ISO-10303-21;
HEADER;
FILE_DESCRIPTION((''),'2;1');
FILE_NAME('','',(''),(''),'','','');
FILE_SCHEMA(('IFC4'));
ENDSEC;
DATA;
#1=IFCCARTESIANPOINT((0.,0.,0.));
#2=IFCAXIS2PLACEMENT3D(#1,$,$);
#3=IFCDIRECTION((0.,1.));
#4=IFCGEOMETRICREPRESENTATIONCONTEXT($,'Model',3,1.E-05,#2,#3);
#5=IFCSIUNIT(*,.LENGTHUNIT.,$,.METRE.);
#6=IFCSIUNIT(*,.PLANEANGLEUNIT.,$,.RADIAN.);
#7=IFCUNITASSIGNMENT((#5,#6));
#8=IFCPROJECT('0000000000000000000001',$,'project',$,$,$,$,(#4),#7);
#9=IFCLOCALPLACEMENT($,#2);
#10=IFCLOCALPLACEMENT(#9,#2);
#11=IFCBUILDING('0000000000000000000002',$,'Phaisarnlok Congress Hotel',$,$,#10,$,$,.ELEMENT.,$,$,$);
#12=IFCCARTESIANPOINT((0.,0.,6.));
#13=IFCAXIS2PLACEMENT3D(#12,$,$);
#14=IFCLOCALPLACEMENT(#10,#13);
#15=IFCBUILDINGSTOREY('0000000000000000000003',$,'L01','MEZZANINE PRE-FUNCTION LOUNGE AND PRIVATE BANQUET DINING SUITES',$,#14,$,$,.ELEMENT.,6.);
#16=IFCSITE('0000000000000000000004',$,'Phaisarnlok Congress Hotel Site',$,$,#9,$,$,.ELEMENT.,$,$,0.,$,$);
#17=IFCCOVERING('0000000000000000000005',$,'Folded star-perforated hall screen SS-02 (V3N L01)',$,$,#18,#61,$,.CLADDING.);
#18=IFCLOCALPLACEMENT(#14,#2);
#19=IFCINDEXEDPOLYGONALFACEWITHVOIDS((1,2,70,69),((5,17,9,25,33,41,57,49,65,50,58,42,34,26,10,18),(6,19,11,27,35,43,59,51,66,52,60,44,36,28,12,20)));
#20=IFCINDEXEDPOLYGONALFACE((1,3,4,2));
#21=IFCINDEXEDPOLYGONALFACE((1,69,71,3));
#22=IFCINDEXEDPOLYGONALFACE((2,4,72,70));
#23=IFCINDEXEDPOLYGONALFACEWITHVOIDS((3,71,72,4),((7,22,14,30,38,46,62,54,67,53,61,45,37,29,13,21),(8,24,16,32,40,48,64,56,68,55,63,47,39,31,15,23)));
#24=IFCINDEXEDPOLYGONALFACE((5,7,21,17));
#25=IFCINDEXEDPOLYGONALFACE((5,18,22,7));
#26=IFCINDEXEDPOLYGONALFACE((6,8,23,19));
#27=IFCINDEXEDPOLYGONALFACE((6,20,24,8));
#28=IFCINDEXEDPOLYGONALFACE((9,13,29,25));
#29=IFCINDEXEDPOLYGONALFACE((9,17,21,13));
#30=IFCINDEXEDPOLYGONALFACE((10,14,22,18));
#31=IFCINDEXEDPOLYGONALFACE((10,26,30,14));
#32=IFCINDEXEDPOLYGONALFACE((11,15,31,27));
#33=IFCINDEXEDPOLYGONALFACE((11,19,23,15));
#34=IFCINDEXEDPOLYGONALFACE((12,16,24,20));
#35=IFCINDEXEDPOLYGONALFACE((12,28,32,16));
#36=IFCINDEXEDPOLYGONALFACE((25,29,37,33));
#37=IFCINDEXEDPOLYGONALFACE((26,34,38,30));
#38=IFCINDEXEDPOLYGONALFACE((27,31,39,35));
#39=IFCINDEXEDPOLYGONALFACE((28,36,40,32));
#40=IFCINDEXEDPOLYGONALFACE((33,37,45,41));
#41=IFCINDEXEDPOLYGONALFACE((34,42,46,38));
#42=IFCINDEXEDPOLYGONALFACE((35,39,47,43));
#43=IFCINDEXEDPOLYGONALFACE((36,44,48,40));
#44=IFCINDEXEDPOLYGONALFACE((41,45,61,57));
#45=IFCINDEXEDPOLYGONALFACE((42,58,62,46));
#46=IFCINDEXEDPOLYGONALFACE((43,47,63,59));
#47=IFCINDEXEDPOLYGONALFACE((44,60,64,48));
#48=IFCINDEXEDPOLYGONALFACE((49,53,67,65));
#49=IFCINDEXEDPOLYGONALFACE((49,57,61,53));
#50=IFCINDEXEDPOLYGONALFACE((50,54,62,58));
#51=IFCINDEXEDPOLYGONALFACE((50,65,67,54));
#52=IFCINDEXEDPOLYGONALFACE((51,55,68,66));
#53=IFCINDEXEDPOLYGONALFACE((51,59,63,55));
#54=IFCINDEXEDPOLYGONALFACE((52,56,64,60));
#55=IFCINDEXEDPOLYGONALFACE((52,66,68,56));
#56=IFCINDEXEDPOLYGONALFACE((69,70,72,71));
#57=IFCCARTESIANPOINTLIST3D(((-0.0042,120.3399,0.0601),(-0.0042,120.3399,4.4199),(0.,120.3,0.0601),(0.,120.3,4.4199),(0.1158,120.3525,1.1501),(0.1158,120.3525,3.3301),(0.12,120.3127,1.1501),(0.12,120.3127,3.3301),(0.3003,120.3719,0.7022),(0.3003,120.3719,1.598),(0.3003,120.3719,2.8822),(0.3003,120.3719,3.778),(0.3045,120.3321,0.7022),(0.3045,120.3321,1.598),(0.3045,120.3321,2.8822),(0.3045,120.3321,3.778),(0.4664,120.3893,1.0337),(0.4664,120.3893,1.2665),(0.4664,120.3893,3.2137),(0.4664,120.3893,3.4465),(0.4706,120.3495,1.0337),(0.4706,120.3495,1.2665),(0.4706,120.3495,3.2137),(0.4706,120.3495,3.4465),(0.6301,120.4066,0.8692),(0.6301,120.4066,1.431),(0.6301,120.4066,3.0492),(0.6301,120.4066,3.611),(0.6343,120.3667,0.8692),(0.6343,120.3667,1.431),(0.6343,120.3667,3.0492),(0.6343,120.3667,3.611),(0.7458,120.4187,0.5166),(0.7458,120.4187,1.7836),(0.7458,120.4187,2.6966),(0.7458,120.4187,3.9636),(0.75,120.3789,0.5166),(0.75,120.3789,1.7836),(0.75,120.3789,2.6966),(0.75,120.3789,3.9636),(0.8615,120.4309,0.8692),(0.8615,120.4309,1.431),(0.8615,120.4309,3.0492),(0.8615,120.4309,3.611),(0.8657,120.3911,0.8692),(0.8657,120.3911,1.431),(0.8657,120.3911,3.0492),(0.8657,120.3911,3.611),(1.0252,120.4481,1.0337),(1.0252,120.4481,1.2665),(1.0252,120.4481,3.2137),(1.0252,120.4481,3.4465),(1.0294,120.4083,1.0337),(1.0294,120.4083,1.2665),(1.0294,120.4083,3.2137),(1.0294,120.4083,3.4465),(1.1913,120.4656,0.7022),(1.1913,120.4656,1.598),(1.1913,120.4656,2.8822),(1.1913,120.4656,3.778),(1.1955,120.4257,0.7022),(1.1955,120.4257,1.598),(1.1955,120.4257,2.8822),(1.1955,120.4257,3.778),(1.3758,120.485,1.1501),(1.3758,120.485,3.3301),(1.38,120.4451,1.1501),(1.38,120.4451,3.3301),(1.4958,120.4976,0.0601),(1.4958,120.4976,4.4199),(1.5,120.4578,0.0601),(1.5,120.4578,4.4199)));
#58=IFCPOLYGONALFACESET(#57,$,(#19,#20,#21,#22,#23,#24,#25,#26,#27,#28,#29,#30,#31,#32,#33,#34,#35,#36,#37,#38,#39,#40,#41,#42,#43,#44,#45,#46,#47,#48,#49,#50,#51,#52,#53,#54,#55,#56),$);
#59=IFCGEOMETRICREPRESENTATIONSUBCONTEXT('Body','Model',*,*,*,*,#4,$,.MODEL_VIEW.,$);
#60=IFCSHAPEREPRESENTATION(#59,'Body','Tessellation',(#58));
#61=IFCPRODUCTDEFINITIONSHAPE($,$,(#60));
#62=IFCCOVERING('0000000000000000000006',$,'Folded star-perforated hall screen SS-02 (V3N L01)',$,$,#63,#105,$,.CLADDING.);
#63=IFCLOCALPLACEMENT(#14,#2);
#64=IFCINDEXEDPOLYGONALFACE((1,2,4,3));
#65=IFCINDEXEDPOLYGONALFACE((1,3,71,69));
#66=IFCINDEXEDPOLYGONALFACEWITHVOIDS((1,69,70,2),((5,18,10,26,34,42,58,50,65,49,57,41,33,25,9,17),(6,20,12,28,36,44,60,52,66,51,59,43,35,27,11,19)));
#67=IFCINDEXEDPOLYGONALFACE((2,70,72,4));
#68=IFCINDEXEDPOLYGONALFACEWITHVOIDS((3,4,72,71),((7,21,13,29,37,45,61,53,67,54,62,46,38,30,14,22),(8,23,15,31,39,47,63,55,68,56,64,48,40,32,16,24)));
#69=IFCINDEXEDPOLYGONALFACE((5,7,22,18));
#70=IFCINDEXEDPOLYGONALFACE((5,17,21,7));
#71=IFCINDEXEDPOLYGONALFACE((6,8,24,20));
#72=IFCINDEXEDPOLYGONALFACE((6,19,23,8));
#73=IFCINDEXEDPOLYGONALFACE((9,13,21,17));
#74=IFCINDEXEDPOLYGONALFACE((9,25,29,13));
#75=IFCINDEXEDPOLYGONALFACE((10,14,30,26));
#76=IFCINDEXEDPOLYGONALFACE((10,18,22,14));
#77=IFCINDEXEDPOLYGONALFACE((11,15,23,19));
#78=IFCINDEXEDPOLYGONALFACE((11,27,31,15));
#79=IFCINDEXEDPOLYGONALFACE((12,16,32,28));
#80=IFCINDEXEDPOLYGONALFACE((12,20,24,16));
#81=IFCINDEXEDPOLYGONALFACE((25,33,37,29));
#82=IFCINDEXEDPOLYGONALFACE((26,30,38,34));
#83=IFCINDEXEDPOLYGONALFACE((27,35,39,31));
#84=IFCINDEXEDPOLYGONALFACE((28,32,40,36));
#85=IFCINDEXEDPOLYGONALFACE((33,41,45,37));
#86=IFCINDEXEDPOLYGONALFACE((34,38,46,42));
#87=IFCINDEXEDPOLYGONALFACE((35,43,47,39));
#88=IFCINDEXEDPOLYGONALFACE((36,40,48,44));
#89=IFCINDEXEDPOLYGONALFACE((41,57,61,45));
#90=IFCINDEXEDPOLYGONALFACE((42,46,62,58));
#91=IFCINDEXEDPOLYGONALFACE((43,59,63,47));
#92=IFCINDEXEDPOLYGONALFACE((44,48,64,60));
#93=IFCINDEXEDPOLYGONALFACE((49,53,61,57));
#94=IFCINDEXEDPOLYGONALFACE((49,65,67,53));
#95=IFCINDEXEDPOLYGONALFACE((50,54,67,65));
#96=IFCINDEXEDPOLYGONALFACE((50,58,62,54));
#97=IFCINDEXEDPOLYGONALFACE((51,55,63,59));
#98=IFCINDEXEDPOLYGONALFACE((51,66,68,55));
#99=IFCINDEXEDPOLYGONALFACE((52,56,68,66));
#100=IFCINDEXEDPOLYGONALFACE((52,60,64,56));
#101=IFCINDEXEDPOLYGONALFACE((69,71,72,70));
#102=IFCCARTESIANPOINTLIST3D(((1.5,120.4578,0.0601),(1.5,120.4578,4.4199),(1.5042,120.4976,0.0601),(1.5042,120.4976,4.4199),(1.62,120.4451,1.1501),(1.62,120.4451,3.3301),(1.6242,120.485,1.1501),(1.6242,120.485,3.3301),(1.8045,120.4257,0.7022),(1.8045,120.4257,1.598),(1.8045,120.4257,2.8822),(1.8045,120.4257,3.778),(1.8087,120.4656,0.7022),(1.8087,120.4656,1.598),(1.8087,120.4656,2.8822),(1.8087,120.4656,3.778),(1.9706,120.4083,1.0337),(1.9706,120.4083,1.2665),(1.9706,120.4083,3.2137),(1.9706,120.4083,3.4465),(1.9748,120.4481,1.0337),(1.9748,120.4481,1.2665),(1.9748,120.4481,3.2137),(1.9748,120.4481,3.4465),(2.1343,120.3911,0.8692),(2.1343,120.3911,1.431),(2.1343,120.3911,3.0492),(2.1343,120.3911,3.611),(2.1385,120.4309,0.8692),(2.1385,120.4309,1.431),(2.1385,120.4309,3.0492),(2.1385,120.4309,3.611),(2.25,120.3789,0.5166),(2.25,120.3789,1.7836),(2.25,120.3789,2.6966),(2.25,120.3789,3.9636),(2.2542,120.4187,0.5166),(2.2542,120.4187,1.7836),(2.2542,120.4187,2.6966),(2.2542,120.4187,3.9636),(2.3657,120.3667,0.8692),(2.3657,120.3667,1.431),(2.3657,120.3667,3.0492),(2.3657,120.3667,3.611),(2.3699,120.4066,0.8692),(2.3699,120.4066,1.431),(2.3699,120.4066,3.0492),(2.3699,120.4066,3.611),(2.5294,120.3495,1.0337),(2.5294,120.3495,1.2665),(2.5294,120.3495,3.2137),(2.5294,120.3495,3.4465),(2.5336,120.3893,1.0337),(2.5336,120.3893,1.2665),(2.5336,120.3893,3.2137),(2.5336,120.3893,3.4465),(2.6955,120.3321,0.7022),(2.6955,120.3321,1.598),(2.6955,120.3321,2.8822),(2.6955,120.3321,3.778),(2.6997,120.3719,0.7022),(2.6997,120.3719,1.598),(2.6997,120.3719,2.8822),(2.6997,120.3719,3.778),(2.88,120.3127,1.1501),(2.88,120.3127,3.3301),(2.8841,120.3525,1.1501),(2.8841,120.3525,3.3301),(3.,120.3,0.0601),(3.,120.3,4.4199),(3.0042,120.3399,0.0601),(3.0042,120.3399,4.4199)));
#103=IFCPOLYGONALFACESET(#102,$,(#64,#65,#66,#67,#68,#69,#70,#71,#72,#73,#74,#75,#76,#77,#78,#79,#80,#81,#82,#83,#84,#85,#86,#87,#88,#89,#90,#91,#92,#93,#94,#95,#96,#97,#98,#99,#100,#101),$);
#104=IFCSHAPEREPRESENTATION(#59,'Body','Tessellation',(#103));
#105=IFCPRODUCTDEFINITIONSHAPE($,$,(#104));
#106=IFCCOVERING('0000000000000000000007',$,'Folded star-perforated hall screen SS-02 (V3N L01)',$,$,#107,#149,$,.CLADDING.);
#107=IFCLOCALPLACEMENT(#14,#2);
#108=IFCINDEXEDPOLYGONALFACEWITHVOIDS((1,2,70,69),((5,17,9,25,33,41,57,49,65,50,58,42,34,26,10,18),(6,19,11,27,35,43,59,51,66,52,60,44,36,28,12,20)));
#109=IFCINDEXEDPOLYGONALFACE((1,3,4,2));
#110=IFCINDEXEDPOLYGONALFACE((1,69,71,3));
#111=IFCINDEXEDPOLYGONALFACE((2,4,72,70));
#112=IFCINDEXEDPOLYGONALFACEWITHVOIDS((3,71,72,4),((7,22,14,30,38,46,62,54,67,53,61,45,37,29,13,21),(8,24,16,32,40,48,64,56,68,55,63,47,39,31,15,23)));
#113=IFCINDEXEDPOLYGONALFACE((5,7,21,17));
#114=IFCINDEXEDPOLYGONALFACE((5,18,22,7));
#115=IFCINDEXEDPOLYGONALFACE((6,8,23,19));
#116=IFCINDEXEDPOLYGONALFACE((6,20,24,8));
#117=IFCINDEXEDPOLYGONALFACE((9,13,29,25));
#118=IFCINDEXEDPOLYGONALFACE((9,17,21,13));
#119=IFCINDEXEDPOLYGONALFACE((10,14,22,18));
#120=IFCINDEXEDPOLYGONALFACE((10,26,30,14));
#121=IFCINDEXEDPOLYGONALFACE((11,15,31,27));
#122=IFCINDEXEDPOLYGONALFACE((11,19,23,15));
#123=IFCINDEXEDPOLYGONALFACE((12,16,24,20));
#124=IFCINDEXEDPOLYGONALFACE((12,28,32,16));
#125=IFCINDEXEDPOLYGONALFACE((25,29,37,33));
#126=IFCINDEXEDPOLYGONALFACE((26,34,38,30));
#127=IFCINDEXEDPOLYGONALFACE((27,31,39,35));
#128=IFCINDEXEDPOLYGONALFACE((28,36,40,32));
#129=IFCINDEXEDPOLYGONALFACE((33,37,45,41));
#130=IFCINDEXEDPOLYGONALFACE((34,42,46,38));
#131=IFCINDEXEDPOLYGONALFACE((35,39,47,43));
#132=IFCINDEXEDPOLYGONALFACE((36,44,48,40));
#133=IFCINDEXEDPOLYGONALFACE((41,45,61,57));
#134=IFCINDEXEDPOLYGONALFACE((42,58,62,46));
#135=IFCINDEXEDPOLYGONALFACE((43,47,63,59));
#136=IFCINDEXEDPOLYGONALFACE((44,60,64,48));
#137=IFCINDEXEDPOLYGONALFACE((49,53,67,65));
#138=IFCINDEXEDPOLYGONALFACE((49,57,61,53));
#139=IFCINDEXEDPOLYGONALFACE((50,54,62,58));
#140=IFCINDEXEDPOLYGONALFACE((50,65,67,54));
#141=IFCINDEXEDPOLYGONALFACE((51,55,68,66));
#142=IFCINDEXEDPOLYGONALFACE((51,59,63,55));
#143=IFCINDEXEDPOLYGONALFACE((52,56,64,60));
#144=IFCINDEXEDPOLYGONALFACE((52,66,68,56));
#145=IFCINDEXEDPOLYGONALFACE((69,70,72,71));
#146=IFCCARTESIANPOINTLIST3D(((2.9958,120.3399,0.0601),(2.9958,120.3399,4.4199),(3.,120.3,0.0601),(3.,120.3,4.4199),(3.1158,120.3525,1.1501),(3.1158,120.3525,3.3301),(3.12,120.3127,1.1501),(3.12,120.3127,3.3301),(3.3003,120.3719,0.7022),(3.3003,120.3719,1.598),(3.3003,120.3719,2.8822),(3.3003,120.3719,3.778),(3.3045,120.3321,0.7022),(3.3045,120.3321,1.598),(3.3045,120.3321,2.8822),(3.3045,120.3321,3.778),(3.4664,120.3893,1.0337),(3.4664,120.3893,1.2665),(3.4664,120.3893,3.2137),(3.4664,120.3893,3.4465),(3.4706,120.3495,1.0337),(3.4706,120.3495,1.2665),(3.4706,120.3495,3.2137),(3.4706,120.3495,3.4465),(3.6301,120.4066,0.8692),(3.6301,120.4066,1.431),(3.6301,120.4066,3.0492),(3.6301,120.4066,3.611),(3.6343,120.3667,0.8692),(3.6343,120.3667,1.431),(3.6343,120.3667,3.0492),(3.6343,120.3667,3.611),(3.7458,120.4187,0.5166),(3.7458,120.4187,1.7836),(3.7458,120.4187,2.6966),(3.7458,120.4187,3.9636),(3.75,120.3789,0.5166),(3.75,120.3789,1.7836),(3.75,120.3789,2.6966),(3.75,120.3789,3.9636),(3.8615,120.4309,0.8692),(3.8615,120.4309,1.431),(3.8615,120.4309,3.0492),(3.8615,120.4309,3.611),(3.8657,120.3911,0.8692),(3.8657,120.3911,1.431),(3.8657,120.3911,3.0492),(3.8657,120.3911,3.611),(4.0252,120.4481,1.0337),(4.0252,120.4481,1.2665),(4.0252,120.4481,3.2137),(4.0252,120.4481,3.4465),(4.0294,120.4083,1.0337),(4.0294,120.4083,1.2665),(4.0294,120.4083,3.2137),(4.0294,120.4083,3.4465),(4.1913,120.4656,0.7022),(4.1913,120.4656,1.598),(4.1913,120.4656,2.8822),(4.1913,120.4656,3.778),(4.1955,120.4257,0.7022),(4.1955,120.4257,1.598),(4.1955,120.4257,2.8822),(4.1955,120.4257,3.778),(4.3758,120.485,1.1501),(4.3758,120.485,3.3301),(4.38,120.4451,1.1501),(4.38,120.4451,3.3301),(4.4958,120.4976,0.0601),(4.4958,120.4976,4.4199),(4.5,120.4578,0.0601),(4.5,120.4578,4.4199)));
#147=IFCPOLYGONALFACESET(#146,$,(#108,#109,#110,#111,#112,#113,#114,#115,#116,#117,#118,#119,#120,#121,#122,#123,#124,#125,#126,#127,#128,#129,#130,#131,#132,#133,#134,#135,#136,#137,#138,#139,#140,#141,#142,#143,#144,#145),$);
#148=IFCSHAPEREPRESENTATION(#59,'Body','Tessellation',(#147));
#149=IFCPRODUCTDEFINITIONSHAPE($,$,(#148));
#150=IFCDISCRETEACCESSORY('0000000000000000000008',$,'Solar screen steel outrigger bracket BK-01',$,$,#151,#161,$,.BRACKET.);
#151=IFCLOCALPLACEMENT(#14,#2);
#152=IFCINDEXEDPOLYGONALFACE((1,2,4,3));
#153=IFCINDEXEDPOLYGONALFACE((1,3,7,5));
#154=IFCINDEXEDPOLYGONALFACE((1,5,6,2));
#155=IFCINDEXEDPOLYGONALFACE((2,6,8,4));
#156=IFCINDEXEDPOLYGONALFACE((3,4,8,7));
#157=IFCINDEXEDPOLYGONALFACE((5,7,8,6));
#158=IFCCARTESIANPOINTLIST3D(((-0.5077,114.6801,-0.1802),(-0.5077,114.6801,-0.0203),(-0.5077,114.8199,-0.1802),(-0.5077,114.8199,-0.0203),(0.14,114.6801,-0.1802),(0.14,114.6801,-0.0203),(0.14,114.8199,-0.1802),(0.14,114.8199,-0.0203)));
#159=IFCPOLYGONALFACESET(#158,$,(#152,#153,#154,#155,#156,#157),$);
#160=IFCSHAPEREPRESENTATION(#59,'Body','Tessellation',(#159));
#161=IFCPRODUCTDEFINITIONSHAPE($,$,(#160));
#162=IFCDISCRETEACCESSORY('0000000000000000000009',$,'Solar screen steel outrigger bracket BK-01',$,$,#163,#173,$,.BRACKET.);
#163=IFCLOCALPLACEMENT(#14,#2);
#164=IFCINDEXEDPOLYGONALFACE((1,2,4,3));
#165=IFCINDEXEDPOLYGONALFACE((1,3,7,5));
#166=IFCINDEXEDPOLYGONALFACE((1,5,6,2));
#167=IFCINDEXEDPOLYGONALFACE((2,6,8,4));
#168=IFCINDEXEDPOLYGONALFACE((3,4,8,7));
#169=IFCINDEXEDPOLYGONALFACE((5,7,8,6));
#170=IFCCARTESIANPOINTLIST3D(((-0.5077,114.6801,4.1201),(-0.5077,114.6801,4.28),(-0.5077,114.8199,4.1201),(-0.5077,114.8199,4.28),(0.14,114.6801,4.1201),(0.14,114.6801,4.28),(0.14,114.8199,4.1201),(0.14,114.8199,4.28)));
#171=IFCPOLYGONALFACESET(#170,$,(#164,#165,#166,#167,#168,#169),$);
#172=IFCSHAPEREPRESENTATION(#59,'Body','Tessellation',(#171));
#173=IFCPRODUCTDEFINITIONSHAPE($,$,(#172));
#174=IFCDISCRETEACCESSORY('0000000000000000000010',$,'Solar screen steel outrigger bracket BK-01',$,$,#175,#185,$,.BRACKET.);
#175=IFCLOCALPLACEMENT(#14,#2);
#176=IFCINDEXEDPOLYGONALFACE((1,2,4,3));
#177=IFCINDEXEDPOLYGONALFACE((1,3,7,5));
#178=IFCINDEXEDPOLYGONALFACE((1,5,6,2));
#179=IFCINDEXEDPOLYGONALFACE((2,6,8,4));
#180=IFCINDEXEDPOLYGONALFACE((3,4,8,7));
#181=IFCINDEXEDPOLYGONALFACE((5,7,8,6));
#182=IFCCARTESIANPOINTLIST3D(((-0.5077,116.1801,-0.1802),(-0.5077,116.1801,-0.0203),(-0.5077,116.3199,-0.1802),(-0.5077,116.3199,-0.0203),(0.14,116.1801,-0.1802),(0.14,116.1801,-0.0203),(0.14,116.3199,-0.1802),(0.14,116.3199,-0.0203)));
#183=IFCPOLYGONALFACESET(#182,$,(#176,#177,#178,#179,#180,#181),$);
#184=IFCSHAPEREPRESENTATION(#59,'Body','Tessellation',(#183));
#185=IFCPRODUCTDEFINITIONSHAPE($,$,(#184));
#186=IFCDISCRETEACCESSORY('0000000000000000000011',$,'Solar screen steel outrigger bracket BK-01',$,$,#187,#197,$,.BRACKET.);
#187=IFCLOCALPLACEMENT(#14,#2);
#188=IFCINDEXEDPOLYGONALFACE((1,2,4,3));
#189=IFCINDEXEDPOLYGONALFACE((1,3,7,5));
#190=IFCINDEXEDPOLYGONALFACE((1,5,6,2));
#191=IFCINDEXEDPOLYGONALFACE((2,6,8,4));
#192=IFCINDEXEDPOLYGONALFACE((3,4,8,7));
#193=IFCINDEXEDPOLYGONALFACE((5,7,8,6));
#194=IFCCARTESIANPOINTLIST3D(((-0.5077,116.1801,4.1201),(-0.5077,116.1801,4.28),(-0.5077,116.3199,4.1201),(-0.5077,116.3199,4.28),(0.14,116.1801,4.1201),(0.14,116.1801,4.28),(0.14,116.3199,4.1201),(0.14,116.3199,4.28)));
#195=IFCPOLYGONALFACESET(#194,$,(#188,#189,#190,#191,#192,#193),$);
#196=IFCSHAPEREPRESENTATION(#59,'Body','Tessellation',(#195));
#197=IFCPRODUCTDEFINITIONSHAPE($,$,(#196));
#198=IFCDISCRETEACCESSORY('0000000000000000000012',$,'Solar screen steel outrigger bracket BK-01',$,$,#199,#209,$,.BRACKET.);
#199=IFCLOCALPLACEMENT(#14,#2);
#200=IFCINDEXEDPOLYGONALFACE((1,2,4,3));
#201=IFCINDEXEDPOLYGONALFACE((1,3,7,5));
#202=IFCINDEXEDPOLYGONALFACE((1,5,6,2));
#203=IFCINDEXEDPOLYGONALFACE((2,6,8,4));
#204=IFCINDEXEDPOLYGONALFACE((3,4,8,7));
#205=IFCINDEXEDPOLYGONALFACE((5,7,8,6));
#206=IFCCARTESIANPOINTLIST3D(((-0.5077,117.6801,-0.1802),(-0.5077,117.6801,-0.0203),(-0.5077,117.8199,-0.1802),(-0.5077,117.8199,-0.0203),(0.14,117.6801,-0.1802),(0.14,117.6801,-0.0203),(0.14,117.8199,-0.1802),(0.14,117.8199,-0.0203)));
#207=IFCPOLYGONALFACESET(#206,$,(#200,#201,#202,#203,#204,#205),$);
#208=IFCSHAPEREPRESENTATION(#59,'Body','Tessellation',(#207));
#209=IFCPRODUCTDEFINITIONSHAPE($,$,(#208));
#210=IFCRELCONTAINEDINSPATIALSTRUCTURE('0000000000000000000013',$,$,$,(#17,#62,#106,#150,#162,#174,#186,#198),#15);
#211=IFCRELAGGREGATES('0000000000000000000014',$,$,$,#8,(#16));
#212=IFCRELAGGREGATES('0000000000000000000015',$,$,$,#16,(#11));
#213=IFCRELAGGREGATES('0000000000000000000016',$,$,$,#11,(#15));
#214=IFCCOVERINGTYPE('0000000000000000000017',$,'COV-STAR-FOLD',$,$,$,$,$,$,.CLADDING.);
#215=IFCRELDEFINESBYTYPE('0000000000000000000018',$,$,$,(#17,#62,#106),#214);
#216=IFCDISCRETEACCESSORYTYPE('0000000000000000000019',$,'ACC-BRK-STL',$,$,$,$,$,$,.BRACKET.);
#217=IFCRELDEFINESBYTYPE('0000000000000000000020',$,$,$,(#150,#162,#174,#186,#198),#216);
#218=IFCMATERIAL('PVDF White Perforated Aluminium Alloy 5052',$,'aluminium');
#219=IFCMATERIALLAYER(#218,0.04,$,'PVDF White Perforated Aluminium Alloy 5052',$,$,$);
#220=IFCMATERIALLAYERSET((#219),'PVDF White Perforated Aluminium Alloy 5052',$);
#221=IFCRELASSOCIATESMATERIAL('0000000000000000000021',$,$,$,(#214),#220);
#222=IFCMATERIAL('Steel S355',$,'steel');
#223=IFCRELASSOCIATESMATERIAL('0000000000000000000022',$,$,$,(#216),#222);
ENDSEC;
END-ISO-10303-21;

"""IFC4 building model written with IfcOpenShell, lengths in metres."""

from ifc_helpers import new_model, si_unit, direction, frame, origin, origin_2d, place, context, subcontext, project, spatial, polyline, rectangle, outline, extrude, material, layer, layer_set, type_object, element, save


model = new_model("IFC4")

# Units and contexts
model_context = context("Model", 3, precision=1e-05, world=origin(), true_north=direction((0.0, 1.0)))
body_context = subcontext(model_context, "Body", "Model", "MODEL_VIEW")
ifc_project = project(units=[si_unit("LENGTHUNIT", "METRE"), si_unit("PLANEANGLEUNIT", "RADIAN")], contexts=[model_context])

# Site, building, storey
site_placement = place(None, origin())
site = spatial("IfcSite", under=ifc_project, at=site_placement, Name="Phaisarnlok Congress Hotel Site", CompositionType="ELEMENT", RefElevation=0.0)
building_placement = place(site_placement, origin())
building = spatial("IfcBuilding", under=site, at=building_placement, Name="Phaisarnlok Congress Hotel", CompositionType="ELEMENT")
storey_placement = place(building_placement, frame((0.0, 0.0, 6.0)))
storey = spatial("IfcBuildingStorey", under=building, at=storey_placement, Name="L01", Description="MEZZANINE PRE-FUNCTION LOUNGE AND PRIVATE BANQUET DINING SUITES", CompositionType="ELEMENT", Elevation=6.0)

# Coverings
ifc_material_1 = material(Name="PVDF White Perforated Aluminium Alloy 5052", Category="aluminium")
ifc_layer_1 = layer(ifc_material_1, 0.04, Name="PVDF White Perforated Aluminium Alloy 5052")
ifc_layer_set_1 = layer_set([ifc_layer_1], Name="PVDF White Perforated Aluminium Alloy 5052")
covering_type = type_object("IfcCoveringType", Name="COV-STAR-FOLD", PredefinedType="CLADDING", material=ifc_layer_set_1)
for number, where, z_axis, x_axis, name in (
    (1, (1.5, 120.4578, 0.0601), (-0.104567, 0.994518, 0.0), (-0.994518, -0.104567, 0.0), "Folded star-perforated hall screen SS-02 (V3N L01)"),
    (2, (3.0, 120.3, 0.0601), (0.104567, 0.994518, 0.0), (-0.994518, 0.104567, 0.0), "Folded star-perforated hall screen SS-02 (V3N L01)"),
    (3, (4.5, 120.4578, 0.0601), (-0.104567, 0.994518, 0.0), (-0.994518, -0.104567, 0.0), "Folded star-perforated hall screen SS-02 (V3N L01)"),
):
    element("IfcCovering", number, at=place(storey_placement, frame(where, z_axis=z_axis, x_axis=x_axis)), inside=storey, type_object=covering_type, Name=name, PredefinedType="CLADDING", context=body_context, shape_type="SweptSolid", body=[
        extrude(outline(polyline([(0.0, 0.0), (1.5083, 0.0), (1.5083, 4.3599), (0.0, 4.3599), (0.0, 0.0)]), holes=[polyline([(1.0351, 0.9736), (1.2021, 0.6421), (0.8705, 0.8091), (0.7541, 0.4565), (0.6378, 0.8091), (0.3062, 0.6421), (0.4732, 0.9736), (0.1207, 1.09), (0.4732, 1.2064), (0.3062, 1.5379), (0.6378, 1.3709), (0.7541, 1.7235), (0.8705, 1.3709), (1.2021, 1.5379), (1.0351, 1.2064), (1.3876, 1.09), (1.0351, 0.9736)]), polyline([(1.0351, 3.1536), (1.2021, 2.8221), (0.8705, 2.9891), (0.7541, 2.6365), (0.6378, 2.9891), (0.3062, 2.8221), (0.4732, 3.1536), (0.1207, 3.27), (0.4732, 3.3864), (0.3062, 3.7179), (0.6378, 3.5509), (0.7541, 3.9035), (0.8705, 3.5509), (1.2021, 3.7179), (1.0351, 3.3864), (1.3876, 3.27), (1.0351, 3.1536)])]), origin(), (0.0, 0.0, 1.0), 0.04),
    ])

# Discrete accessories
ifc_material_2 = material(Name="Steel S355", Category="steel")
discrete_accessory_type = type_object("IfcDiscreteAccessoryType", Name="ACC-BRK-STL", PredefinedType="BRACKET", material=ifc_material_2)
for number, where, z_axis, x_axis, name in (
    (4, (-0.1838, 114.75, -0.1802), (0.0, 0.0, 1.0), (1.0, 0.0, 0.0), "Solar screen steel outrigger bracket BK-01"),
    (5, (-0.1838, 114.75, 4.1201), (0.0, 0.0, 1.0), (1.0, 0.0, 0.0), "Solar screen steel outrigger bracket BK-01"),
    (6, (-0.1838, 116.25, -0.1802), (0.0, 0.0, 1.0), (1.0, 0.0, 0.0), "Solar screen steel outrigger bracket BK-01"),
    (7, (-0.1838, 116.25, 4.1201), (0.0, 0.0, 1.0), (1.0, 0.0, 0.0), "Solar screen steel outrigger bracket BK-01"),
    (8, (-0.1838, 117.75, -0.1802), (0.0, 0.0, 1.0), (1.0, 0.0, 0.0), "Solar screen steel outrigger bracket BK-01"),
):
    element("IfcDiscreteAccessory", number, at=place(storey_placement, frame(where, z_axis=z_axis, x_axis=x_axis)), inside=storey, type_object=discrete_accessory_type, Name=name, PredefinedType="BRACKET", context=body_context, shape_type="SweptSolid", body=[
        extrude(rectangle(XDim=0.6477, YDim=0.1399, at=origin_2d()), origin(), (0.0, 0.0, 1.0), 0.1599),
    ])

save(model, "model.ifc")
